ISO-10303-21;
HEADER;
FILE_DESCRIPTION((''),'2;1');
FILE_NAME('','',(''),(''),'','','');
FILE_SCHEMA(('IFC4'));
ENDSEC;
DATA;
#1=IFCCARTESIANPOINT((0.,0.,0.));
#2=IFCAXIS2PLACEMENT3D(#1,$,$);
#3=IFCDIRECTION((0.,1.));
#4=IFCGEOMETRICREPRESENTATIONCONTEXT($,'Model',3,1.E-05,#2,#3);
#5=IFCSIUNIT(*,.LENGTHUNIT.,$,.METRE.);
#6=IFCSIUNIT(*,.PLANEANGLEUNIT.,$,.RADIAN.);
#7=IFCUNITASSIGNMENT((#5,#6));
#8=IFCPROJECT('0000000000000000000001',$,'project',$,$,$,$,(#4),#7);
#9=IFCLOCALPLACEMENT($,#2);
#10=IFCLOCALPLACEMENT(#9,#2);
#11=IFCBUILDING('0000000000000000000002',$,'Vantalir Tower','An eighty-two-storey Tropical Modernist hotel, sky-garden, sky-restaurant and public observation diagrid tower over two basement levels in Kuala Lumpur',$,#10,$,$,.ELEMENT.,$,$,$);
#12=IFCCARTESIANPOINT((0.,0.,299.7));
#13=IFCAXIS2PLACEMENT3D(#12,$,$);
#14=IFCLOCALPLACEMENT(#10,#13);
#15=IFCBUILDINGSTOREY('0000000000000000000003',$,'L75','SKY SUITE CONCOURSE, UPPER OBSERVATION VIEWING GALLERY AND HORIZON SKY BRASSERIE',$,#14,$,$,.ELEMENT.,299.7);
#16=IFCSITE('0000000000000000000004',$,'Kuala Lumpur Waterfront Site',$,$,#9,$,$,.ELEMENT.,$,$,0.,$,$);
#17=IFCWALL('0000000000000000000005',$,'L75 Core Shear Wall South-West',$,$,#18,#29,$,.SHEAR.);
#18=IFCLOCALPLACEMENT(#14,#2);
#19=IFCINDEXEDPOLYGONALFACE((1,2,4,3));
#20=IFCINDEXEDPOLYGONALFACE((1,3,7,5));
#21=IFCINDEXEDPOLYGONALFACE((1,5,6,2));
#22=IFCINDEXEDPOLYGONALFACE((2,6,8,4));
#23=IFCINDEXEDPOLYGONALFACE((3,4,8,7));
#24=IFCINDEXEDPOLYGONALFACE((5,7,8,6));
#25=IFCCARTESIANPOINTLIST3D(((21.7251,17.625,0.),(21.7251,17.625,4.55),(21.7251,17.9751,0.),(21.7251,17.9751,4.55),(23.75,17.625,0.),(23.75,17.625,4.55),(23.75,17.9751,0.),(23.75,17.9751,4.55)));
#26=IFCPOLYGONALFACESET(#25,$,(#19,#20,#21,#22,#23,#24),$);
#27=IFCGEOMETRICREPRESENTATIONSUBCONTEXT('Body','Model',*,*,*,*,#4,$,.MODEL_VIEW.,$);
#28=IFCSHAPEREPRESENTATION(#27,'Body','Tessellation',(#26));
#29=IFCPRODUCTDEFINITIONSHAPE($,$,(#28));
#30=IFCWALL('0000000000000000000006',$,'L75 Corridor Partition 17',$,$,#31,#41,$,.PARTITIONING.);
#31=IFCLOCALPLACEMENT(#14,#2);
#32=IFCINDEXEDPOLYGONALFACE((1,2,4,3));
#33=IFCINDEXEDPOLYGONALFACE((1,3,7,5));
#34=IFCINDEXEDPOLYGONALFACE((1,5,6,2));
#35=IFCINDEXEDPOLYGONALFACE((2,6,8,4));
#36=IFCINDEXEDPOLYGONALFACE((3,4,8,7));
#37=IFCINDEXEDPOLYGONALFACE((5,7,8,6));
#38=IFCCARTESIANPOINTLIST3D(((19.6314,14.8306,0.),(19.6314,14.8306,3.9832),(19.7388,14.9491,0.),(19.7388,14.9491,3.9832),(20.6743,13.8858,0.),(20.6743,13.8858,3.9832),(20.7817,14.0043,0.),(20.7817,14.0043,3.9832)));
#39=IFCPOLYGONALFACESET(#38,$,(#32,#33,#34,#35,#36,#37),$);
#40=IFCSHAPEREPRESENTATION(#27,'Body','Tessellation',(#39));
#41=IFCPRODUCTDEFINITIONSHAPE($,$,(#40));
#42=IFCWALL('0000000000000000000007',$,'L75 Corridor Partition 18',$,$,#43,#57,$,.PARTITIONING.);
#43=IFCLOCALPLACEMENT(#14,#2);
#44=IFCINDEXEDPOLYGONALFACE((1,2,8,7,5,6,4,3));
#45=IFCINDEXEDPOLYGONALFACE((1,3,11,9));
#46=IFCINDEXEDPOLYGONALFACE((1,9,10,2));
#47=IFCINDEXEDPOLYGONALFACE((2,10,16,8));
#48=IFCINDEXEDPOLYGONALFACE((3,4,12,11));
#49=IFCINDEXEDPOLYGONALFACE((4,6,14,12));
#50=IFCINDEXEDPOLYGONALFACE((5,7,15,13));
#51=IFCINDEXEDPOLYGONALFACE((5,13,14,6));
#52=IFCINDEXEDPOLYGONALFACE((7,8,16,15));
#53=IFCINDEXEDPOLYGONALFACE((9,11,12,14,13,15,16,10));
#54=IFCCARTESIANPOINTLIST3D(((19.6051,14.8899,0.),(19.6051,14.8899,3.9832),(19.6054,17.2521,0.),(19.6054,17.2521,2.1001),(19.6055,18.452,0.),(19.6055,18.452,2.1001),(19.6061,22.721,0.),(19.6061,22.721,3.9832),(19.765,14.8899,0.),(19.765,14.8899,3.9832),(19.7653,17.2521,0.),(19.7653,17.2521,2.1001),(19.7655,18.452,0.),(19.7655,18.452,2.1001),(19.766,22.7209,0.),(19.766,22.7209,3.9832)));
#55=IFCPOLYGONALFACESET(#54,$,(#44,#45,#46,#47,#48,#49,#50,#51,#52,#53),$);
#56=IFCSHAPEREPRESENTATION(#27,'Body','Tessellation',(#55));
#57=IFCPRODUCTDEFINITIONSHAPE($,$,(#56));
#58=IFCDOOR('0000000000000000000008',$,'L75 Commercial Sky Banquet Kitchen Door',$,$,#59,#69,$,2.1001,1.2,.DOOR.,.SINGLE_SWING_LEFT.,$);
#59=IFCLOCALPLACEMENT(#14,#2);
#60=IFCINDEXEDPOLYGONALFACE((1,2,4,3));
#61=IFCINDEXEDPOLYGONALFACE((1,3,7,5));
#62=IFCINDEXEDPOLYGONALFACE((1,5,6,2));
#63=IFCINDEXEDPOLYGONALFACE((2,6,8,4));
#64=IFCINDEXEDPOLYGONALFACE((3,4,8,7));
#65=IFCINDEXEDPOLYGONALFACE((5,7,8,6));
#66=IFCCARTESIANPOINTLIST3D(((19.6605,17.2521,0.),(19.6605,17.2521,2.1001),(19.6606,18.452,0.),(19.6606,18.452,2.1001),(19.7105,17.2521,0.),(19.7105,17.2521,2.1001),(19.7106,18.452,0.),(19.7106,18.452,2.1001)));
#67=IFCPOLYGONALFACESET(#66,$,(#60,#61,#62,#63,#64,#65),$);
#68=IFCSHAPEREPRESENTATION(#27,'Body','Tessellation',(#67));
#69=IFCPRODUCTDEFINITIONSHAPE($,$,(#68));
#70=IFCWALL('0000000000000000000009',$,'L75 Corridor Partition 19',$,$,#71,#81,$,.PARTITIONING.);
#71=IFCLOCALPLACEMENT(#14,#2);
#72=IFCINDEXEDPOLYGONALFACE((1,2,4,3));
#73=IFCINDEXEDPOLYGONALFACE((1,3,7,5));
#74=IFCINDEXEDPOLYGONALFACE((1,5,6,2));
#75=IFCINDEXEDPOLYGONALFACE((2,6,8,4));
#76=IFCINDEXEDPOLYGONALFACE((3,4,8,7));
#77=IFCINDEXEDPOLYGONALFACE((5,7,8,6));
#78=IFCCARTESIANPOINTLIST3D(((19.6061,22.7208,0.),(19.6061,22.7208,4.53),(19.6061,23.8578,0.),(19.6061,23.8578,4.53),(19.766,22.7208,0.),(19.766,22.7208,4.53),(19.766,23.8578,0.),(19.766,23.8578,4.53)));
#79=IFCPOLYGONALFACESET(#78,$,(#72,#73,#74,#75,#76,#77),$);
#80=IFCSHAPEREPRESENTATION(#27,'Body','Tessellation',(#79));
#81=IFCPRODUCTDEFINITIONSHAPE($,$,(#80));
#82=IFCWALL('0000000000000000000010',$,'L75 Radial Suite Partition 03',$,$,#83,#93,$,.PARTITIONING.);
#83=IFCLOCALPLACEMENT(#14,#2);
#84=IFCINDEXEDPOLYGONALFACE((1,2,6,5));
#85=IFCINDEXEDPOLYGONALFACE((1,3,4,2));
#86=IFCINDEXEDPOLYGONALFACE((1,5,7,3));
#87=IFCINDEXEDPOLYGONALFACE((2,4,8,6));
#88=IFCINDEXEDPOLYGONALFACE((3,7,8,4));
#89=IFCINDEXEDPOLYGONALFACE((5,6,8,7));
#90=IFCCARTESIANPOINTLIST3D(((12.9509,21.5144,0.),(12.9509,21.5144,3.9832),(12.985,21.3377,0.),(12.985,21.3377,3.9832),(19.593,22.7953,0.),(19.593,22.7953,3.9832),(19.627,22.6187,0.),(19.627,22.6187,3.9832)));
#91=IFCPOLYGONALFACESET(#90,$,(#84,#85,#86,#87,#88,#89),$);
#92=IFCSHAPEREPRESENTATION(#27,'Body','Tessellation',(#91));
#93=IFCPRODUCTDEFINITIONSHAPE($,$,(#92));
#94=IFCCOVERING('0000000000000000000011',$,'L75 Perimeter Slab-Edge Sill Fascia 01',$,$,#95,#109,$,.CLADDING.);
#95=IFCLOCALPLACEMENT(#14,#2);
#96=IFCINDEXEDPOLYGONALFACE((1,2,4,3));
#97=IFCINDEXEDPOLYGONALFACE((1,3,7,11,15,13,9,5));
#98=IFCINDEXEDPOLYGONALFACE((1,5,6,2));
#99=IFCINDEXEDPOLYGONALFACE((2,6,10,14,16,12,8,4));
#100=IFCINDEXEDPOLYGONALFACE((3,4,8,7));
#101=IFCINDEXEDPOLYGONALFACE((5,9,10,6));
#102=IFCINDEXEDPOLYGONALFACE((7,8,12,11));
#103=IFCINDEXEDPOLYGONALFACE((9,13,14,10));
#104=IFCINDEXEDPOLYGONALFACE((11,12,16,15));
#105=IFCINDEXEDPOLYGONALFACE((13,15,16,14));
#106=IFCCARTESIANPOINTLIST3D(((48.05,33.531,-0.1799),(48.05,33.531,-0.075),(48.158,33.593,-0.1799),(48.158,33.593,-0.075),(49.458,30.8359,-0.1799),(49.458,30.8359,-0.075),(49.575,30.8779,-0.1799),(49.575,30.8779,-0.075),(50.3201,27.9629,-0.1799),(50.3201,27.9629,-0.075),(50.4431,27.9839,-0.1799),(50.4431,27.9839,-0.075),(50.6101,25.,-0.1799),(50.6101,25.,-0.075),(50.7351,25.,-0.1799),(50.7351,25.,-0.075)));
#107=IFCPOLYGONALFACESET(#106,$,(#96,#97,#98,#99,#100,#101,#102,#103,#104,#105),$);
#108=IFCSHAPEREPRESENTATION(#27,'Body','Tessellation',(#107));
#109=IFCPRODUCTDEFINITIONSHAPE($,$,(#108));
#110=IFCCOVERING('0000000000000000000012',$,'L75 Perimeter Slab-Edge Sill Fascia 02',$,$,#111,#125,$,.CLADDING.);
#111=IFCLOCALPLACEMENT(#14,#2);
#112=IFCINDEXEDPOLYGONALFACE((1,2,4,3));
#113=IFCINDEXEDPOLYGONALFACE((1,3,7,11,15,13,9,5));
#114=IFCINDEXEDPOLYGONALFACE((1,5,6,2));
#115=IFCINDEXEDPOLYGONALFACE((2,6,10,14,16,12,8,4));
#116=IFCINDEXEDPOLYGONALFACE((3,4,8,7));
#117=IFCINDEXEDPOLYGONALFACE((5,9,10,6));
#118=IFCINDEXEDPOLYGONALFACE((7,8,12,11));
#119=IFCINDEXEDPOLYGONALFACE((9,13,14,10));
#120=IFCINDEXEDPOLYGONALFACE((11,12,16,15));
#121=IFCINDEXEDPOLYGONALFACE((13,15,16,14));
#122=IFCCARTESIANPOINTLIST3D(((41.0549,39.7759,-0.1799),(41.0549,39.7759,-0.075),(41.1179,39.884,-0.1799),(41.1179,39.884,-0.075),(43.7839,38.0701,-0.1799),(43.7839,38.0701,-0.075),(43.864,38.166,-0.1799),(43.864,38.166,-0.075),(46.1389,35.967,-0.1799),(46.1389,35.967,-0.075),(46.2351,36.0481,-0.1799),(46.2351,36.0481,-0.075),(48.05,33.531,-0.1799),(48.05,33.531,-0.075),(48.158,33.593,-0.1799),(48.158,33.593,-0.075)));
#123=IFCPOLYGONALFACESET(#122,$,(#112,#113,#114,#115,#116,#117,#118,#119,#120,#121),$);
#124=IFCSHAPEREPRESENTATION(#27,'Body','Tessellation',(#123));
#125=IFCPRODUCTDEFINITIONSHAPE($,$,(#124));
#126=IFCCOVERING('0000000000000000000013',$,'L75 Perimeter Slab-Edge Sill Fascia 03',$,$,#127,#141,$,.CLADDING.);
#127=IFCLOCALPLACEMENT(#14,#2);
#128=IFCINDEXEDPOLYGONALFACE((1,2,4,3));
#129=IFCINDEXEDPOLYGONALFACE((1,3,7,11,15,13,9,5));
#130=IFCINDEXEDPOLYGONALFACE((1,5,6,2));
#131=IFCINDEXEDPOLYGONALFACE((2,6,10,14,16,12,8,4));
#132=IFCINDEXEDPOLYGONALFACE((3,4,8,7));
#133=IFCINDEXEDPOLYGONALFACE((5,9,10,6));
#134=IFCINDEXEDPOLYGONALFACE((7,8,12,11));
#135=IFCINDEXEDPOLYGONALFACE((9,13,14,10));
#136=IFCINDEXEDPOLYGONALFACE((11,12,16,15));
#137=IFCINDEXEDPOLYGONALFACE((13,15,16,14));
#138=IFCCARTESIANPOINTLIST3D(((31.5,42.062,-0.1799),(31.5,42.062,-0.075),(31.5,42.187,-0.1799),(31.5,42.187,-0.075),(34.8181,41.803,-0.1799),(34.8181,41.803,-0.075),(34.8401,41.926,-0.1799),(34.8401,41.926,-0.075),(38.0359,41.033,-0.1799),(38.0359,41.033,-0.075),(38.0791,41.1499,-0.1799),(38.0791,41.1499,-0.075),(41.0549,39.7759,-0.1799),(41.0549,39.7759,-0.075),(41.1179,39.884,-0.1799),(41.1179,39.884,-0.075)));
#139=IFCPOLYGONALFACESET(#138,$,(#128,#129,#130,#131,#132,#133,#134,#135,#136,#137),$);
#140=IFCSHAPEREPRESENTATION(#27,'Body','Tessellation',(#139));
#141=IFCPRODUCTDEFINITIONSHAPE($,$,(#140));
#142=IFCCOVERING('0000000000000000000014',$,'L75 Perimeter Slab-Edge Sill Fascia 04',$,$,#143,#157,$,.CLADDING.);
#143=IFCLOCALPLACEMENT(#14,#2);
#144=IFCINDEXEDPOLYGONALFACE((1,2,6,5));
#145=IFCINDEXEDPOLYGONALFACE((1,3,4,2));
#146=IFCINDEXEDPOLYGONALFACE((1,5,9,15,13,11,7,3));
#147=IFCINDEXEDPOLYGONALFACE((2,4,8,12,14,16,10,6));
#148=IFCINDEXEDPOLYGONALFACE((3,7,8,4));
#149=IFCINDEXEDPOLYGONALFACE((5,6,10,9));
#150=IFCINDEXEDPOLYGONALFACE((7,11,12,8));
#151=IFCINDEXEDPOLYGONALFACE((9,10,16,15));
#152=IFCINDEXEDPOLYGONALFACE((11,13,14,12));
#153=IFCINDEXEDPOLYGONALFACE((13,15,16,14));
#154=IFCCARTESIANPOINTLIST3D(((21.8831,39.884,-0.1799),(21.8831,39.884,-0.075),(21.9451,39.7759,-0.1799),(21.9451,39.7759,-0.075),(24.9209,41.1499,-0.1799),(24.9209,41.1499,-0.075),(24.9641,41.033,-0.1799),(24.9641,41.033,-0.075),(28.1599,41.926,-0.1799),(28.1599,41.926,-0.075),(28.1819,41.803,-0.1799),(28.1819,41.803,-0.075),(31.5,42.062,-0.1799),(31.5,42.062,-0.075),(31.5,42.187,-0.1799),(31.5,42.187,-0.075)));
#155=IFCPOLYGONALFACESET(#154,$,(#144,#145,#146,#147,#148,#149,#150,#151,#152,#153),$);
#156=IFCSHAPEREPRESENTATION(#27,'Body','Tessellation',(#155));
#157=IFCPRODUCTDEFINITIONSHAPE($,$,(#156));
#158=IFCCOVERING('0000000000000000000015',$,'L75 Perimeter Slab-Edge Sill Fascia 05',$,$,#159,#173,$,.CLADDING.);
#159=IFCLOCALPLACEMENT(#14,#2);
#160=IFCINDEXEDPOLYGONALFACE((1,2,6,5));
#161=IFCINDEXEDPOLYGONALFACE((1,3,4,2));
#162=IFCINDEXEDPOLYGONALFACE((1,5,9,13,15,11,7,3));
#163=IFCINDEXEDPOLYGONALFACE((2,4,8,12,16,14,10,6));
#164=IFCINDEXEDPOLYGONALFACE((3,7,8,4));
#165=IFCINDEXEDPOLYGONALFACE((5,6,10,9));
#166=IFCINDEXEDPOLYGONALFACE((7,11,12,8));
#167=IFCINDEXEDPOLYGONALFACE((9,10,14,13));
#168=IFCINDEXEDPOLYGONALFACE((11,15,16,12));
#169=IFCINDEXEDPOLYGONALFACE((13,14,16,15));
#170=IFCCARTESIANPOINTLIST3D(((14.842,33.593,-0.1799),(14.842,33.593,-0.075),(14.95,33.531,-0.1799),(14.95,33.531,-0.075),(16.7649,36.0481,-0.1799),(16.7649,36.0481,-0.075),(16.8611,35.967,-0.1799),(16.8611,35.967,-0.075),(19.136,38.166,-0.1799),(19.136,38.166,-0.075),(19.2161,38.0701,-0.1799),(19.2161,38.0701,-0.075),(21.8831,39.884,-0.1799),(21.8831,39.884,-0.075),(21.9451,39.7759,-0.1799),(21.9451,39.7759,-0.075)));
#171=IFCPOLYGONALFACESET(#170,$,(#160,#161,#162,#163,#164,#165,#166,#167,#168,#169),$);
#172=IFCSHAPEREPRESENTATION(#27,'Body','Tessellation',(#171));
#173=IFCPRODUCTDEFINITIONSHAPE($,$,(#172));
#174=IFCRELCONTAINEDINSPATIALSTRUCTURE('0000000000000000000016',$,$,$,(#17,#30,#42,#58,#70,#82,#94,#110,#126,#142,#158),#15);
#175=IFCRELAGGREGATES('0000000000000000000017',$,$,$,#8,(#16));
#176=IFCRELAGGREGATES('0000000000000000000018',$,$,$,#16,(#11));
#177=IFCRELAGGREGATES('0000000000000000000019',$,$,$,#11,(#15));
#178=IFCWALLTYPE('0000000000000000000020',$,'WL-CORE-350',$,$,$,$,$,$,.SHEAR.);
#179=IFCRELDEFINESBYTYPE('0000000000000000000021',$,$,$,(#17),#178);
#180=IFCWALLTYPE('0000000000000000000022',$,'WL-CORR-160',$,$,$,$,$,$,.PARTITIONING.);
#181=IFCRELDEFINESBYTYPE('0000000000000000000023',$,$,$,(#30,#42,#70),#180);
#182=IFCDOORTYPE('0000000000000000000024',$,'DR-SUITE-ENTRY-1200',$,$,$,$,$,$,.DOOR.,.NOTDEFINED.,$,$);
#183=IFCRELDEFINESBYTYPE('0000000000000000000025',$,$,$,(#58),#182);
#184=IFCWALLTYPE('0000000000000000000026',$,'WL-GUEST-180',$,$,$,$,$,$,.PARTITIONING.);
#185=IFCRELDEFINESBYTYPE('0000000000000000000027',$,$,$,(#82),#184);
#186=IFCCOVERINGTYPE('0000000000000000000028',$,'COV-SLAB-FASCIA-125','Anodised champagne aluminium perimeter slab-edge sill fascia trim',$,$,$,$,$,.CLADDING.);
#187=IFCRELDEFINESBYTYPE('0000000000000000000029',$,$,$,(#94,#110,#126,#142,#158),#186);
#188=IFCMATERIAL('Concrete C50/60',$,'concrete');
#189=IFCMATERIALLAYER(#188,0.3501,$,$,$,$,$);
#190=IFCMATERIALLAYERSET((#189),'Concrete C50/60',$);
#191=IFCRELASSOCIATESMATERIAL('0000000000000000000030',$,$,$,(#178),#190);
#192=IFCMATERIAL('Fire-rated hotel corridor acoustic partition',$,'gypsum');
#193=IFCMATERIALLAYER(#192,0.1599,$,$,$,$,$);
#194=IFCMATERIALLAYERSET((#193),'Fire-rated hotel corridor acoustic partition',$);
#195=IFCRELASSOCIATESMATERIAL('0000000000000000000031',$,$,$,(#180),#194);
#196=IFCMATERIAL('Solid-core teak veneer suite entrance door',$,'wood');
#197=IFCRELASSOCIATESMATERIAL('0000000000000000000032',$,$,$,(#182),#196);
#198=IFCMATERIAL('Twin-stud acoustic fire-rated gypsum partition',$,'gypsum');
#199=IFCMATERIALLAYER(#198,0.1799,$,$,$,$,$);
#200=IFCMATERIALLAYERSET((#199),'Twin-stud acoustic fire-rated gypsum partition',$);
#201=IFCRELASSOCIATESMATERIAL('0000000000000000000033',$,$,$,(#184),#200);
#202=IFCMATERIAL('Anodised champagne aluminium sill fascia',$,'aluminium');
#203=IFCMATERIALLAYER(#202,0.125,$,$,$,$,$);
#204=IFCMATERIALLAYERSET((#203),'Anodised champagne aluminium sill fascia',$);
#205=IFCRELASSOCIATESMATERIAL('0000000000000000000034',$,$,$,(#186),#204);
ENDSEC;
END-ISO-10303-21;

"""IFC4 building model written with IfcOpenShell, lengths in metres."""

from ifc_helpers import new_model, si_unit, direction, frame, frame_2d, origin, place, context, subcontext, project, spatial, polyline, rectangle, outline, extrude, material, layer, layer_set, type_object, element, fill, save


model = new_model("IFC4")

# Units and contexts
model_context = context("Model", 3, precision=1e-05, world=origin(), true_north=direction((0.0, 1.0)))
body_context = subcontext(model_context, "Body", "Model", "MODEL_VIEW")
ifc_project = project(units=[si_unit("LENGTHUNIT", "METRE"), si_unit("PLANEANGLEUNIT", "RADIAN")], contexts=[model_context])

# Site, building, storey
site_placement = place(None, origin())
site = spatial("IfcSite", under=ifc_project, at=site_placement, Name="Kuala Lumpur Waterfront Site", CompositionType="ELEMENT", RefElevation=0.0)
building_placement = place(site_placement, origin())
building = spatial("IfcBuilding", under=site, at=building_placement, Name="Vantalir Tower", Description="An eighty-two-storey Tropical Modernist hotel, sky-garden, sky-restaurant and public observation diagrid tower over two basement levels in Kuala Lumpur", CompositionType="ELEMENT")
storey_placement = place(building_placement, frame((0.0, 0.0, 299.7)))
storey = spatial("IfcBuildingStorey", under=building, at=storey_placement, Name="L75", Description="SKY SUITE CONCOURSE, UPPER OBSERVATION VIEWING GALLERY AND HORIZON SKY BRASSERIE", CompositionType="ELEMENT", Elevation=299.7)

# Shared definitions
ifc_material_1 = material(Name="Concrete C50/60", Category="concrete")

# Walls
ifc_layer_1 = layer(ifc_material_1, 0.3501)
ifc_layer_set_1 = layer_set([ifc_layer_1], Name="Concrete C50/60")
wall_type_1 = type_object("IfcWallType", Name="WL-CORE-350", PredefinedType="SHEAR", material=ifc_layer_set_1)
wall_1_placement = place(storey_placement, frame((21.7251, 17.8, 0.0), z_axis=(0.0, 0.0, 1.0), x_axis=(1.0, 0.0, 0.0)))
element("IfcWall", 1, at=wall_1_placement, inside=storey, type_object=wall_type_1, Name="L75 Core Shear Wall South-West", PredefinedType="SHEAR", context=body_context, shape_type="SweptSolid", body=[
    extrude(rectangle(XDim=2.0249, YDim=0.3501, at=frame_2d((1.0125, 0.0))), origin(), (0.0, 0.0, 1.0), 4.55),
])
ifc_material_2 = material(Name="Fire-rated hotel corridor acoustic partition", Category="gypsum")
ifc_layer_2 = layer(ifc_material_2, 0.1599)
ifc_layer_set_2 = layer_set([ifc_layer_2], Name="Fire-rated hotel corridor acoustic partition")
wall_type_2 = type_object("IfcWallType", Name="WL-CORR-160", PredefinedType="PARTITIONING", material=ifc_layer_set_2)
wall_2_placement = place(storey_placement, frame((20.728, 13.9451, 0.0), z_axis=(0.0, 0.0, 1.0), x_axis=(-0.741116, 0.671377, 0.0)))
element("IfcWall", 2, at=wall_2_placement, inside=storey, type_object=wall_type_2, Name="L75 Corridor Partition 17", PredefinedType="PARTITIONING", context=body_context, shape_type="SweptSolid", body=[
    extrude(rectangle(XDim=1.4072, YDim=0.1599, at=frame_2d((0.7036, 0.0))), origin(), (0.0, 0.0, 1.0), 3.9832),
])

# Wall, opening, door
wall_3_placement = place(storey_placement, frame((19.6851, 14.8899, 0.0), z_axis=(0.0, 0.0, 1.0), x_axis=(0.000125, 1.0, 0.0)))
wall_3 = element("IfcWall", 3, at=wall_3_placement, inside=storey, type_object=wall_type_2, Name="L75 Corridor Partition 18", PredefinedType="PARTITIONING", context=body_context, shape_type="SweptSolid", body=[
    extrude(rectangle(XDim=7.8311, YDim=0.1599, at=frame_2d((3.9155, 0.0))), origin(), (0.0, 0.0, 1.0), 3.9832),
])
opening_placement = place(wall_3_placement, frame((2.3621, 0.0, 0.0)))
opening = element("IfcOpeningElement", 4, at=opening_placement, cuts=wall_3, PredefinedType="OPENING", context=body_context, shape_type="SweptSolid", body=[
    extrude(rectangle(XDim=1.2, YDim=2.1001, at=frame_2d((0.6001, 1.05))), frame((0.0, 0.0898, 0.0), z_axis=(0.0, -1.0, 0.0), x_axis=(1.0, 0.0, 0.0)), (0.0, 0.0, 1.0), 0.1799),
])
ifc_material_3 = material(Name="Solid-core teak veneer suite entrance door", Category="wood")
door_type = type_object("IfcDoorType", Name="DR-SUITE-ENTRY-1200", OperationType="NOTDEFINED", PredefinedType="DOOR", material=ifc_material_3)
door_placement = place(opening_placement, origin())
door = element("IfcDoor", 5, at=door_placement, inside=storey, type_object=door_type, Name="L75 Commercial Sky Banquet Kitchen Door", OperationType="SINGLE_SWING_LEFT", OverallHeight=2.1001, OverallWidth=1.2, PredefinedType="DOOR", context=body_context, shape_type="SweptSolid", body=[
    extrude(rectangle(XDim=1.2, YDim=2.1001, at=frame_2d((0.6001, 1.05))), frame((0.0, 0.0249, 0.0), z_axis=(0.0, -1.0, 0.0), x_axis=(1.0, 0.0, 0.0)), (0.0, 0.0, 1.0), 0.05),
])
fill(opening, door)

# Walls
wall_4_placement = place(storey_placement, frame((19.686, 22.7209, 0.0), z_axis=(0.0, 0.0, 1.0), x_axis=(0.0, 1.0, 0.0)))
element("IfcWall", 6, at=wall_4_placement, inside=storey, type_object=wall_type_2, Name="L75 Corridor Partition 19", PredefinedType="PARTITIONING", context=body_context, shape_type="SweptSolid", body=[
    extrude(rectangle(XDim=1.137, YDim=0.1599, at=frame_2d((0.5684, 0.0))), origin(), (0.0, 0.0, 1.0), 4.53),
])
ifc_material_4 = material(Name="Twin-stud acoustic fire-rated gypsum partition", Category="gypsum")
ifc_layer_3 = layer(ifc_material_4, 0.1799)
ifc_layer_set_3 = layer_set([ifc_layer_3], Name="Twin-stud acoustic fire-rated gypsum partition")
wall_type_3 = type_object("IfcWallType", Name="WL-GUEST-180", PredefinedType="PARTITIONING", material=ifc_layer_set_3)
wall_5_placement = place(storey_placement, frame((19.6101, 22.707, 0.0), z_axis=(0.0, 0.0, 1.0), x_axis=(-0.981905, -0.189372, 0.0)))
element("IfcWall", 7, at=wall_5_placement, inside=storey, type_object=wall_type_3, Name="L75 Radial Suite Partition 03", PredefinedType="PARTITIONING", context=body_context, shape_type="SweptSolid", body=[
    extrude(rectangle(XDim=6.7644, YDim=0.1799, at=frame_2d((3.3823, 0.0))), origin(), (0.0, 0.0, 1.0), 3.9832),
])

# Coverings
ifc_material_5 = material(Name="Anodised champagne aluminium sill fascia", Category="aluminium")
ifc_layer_4 = layer(ifc_material_5, 0.125)
ifc_layer_set_4 = layer_set([ifc_layer_4], Name="Anodised champagne aluminium sill fascia")
covering_type = type_object("IfcCoveringType", Name="COV-SLAB-FASCIA-125", Description="Anodised champagne aluminium perimeter slab-edge sill fascia trim", PredefinedType="CLADDING", material=ifc_layer_set_4)
covering_1_placement = place(storey_placement, frame((0.0, 0.0, -0.1799)))
element("IfcCovering", 8, at=covering_1_placement, inside=storey, type_object=covering_type, Name="L75 Perimeter Slab-Edge Sill Fascia 01", PredefinedType="CLADDING", context=body_context, shape_type="SweptSolid", body=[
    extrude(outline(polyline([(50.7351, 25.0), (50.4431, 27.9839), (49.575, 30.8779), (48.158, 33.593), (48.05, 33.531), (49.458, 30.8359), (50.3201, 27.9629), (50.6101, 25.0), (50.7351, 25.0)])), origin(), (0.0, 0.0, 1.0), 0.105),
])
covering_2_placement = place(storey_placement, frame((0.0, 0.0, -0.1799)))
element("IfcCovering", 9, at=covering_2_placement, inside=storey, type_object=covering_type, Name="L75 Perimeter Slab-Edge Sill Fascia 02", PredefinedType="CLADDING", context=body_context, shape_type="SweptSolid", body=[
    extrude(outline(polyline([(48.158, 33.593), (46.2351, 36.0481), (43.864, 38.166), (41.1179, 39.884), (41.0549, 39.7759), (43.7839, 38.0701), (46.1389, 35.967), (48.05, 33.531), (48.158, 33.593)])), origin(), (0.0, 0.0, 1.0), 0.105),
])
covering_3_placement = place(storey_placement, frame((0.0, 0.0, -0.1799)))
element("IfcCovering", 10, at=covering_3_placement, inside=storey, type_object=covering_type, Name="L75 Perimeter Slab-Edge Sill Fascia 03", PredefinedType="CLADDING", context=body_context, shape_type="SweptSolid", body=[
    extrude(outline(polyline([(41.1179, 39.884), (38.0791, 41.1499), (34.8401, 41.926), (31.5, 42.187), (31.5, 42.062), (34.8181, 41.803), (38.0359, 41.033), (41.0549, 39.7759), (41.1179, 39.884)])), origin(), (0.0, 0.0, 1.0), 0.105),
])
covering_4_placement = place(storey_placement, frame((0.0, 0.0, -0.1799)))
element("IfcCovering", 11, at=covering_4_placement, inside=storey, type_object=covering_type, Name="L75 Perimeter Slab-Edge Sill Fascia 04", PredefinedType="CLADDING", context=body_context, shape_type="SweptSolid", body=[
    extrude(outline(polyline([(31.5, 42.187), (28.1599, 41.926), (24.9209, 41.1499), (21.8831, 39.884), (21.9451, 39.7759), (24.9641, 41.033), (28.1819, 41.803), (31.5, 42.062), (31.5, 42.187)])), origin(), (0.0, 0.0, 1.0), 0.105),
])
covering_5_placement = place(storey_placement, frame((0.0, 0.0, -0.1799)))
element("IfcCovering", 12, at=covering_5_placement, inside=storey, type_object=covering_type, Name="L75 Perimeter Slab-Edge Sill Fascia 05", PredefinedType="CLADDING", context=body_context, shape_type="SweptSolid", body=[
    extrude(outline(polyline([(21.8831, 39.884), (19.136, 38.166), (16.7649, 36.0481), (14.842, 33.593), (14.95, 33.531), (16.8611, 35.967), (19.2161, 38.0701), (21.9451, 39.7759), (21.8831, 39.884)])), origin(), (0.0, 0.0, 1.0), 0.105),
])

save(model, "model.ifc")
